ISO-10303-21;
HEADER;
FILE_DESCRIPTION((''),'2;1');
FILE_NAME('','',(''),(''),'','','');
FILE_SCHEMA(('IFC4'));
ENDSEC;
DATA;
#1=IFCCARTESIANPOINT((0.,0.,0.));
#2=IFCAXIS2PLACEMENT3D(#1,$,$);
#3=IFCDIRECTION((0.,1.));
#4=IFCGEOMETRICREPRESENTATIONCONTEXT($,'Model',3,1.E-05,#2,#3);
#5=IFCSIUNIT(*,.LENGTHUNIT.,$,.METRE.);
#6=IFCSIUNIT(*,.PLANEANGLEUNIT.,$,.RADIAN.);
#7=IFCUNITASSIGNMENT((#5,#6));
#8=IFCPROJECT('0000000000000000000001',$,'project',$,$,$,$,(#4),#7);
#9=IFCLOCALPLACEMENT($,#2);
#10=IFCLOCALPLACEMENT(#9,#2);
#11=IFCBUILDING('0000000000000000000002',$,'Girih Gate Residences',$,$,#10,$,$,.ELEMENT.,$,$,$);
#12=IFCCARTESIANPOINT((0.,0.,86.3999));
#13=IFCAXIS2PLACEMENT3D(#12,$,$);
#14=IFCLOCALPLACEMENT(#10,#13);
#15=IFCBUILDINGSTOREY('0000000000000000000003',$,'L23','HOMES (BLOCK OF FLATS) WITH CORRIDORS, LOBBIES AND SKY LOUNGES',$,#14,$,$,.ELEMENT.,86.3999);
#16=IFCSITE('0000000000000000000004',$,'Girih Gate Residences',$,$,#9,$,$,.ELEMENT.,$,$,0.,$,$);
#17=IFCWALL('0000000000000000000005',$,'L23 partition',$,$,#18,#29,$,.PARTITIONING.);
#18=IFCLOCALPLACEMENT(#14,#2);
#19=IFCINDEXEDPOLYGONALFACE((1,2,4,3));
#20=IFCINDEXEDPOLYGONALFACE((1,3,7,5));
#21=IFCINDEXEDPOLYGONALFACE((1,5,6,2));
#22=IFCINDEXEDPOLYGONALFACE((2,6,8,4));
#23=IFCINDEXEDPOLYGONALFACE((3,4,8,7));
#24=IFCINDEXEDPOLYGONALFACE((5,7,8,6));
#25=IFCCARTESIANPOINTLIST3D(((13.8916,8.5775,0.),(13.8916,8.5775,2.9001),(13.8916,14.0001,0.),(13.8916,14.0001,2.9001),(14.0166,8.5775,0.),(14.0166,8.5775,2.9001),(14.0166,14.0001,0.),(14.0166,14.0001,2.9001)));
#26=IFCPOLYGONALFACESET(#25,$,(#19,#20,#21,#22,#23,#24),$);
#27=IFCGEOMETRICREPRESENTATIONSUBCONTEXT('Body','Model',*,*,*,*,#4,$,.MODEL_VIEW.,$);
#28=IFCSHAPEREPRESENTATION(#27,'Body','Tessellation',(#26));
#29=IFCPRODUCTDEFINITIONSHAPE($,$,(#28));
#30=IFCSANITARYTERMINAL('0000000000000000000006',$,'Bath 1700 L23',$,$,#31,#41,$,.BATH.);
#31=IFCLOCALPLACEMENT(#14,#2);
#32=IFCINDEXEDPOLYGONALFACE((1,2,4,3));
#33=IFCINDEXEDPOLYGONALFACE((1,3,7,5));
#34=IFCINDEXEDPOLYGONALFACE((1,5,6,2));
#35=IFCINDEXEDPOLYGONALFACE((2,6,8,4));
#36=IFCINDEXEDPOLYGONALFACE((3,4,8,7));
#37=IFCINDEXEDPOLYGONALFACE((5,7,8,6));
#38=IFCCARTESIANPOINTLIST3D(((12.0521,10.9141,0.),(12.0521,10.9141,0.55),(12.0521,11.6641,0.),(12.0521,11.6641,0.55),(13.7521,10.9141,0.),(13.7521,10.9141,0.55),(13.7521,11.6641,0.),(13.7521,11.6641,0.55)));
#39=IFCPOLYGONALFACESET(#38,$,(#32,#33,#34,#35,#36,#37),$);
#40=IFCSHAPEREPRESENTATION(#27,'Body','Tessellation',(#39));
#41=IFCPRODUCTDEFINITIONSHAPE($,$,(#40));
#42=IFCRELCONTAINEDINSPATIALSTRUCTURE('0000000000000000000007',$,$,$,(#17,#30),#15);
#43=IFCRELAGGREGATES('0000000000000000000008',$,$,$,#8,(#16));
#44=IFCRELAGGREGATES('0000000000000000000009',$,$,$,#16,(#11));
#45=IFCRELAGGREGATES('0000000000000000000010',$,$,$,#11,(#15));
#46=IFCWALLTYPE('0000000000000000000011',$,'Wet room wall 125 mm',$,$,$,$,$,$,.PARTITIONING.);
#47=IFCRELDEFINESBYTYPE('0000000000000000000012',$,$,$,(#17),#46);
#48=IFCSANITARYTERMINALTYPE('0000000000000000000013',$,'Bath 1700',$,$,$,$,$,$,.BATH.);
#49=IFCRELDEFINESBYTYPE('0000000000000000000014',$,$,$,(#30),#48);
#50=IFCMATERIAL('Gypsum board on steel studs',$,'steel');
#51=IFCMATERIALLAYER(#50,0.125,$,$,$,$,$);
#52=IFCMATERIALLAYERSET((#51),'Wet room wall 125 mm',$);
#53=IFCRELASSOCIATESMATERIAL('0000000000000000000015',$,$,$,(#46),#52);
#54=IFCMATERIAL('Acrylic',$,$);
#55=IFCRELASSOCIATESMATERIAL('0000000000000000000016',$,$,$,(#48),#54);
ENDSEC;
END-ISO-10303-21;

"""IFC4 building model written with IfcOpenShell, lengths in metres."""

from ifc_helpers import new_model, si_unit, direction, frame, frame_2d, origin, origin_2d, place, context, subcontext, project, spatial, rectangle, extrude, material, layer, layer_set, type_object, element, save


model = new_model("IFC4")

# Units and contexts
model_context = context("Model", 3, precision=1e-05, world=origin(), true_north=direction((0.0, 1.0)))
body_context = subcontext(model_context, "Body", "Model", "MODEL_VIEW")
ifc_project = project(units=[si_unit("LENGTHUNIT", "METRE"), si_unit("PLANEANGLEUNIT", "RADIAN")], contexts=[model_context])

# Site, building, storey
site_placement = place(None, origin())
site = spatial("IfcSite", under=ifc_project, at=site_placement, Name="Girih Gate Residences", CompositionType="ELEMENT", RefElevation=0.0)
building_placement = place(site_placement, origin())
building = spatial("IfcBuilding", under=site, at=building_placement, Name="Girih Gate Residences", CompositionType="ELEMENT")
storey_placement = place(building_placement, frame((0.0, 0.0, 86.3999)))
storey = spatial("IfcBuildingStorey", under=building, at=storey_placement, Name="L23", Description="HOMES (BLOCK OF FLATS) WITH CORRIDORS, LOBBIES AND SKY LOUNGES", CompositionType="ELEMENT", Elevation=86.3999)

# Shared definitions
ifc_material_1 = material(Name="Gypsum board on steel studs", Category="steel")

# Wall
ifc_layer_1 = layer(ifc_material_1, 0.125)
ifc_layer_set_1 = layer_set([ifc_layer_1], Name="Wet room wall 125 mm")
wall_type_1 = type_object("IfcWallType", Name="Wet room wall 125 mm", PredefinedType="PARTITIONING", material=ifc_layer_set_1)
for number, where, z_axis, x_axis, name in (
    (1, (13.9541, 8.5774, 0.0), (0.0, 0.0, 1.0), (0.0, 1.0, 0.0), "L23 partition"),
):
    element("IfcWall", number, at=place(storey_placement, frame(where, z_axis=z_axis, x_axis=x_axis)), inside=storey, type_object=wall_type_1, Name=name, PredefinedType="PARTITIONING", context=body_context, shape_type="SweptSolid", body=[
        extrude(rectangle(XDim=5.4226, YDim=0.125, at=frame_2d((2.7114, 0.0))), origin(), (0.0, 0.0, 1.0), 2.9001),
    ])

# Sanitary terminal
ifc_material_2 = material(Name="Acrylic")
sanitary_terminal_type = type_object("IfcSanitaryTerminalType", Name="Bath 1700", PredefinedType="BATH", material=ifc_material_2)
sanitary_terminal_placement = place(storey_placement, frame((12.9021, 11.2891, 0.0), z_axis=(0.0, 0.0, 1.0), x_axis=(1.0, 0.0, 0.0)))
element("IfcSanitaryTerminal", 2, at=sanitary_terminal_placement, inside=storey, type_object=sanitary_terminal_type, Name="Bath 1700 L23", PredefinedType="BATH", context=body_context, shape_type="SweptSolid", body=[
    extrude(rectangle(XDim=1.7, YDim=0.75, at=origin_2d()), origin(), (0.0, 0.0, 1.0), 0.55),
])

save(model, "model.ifc")
